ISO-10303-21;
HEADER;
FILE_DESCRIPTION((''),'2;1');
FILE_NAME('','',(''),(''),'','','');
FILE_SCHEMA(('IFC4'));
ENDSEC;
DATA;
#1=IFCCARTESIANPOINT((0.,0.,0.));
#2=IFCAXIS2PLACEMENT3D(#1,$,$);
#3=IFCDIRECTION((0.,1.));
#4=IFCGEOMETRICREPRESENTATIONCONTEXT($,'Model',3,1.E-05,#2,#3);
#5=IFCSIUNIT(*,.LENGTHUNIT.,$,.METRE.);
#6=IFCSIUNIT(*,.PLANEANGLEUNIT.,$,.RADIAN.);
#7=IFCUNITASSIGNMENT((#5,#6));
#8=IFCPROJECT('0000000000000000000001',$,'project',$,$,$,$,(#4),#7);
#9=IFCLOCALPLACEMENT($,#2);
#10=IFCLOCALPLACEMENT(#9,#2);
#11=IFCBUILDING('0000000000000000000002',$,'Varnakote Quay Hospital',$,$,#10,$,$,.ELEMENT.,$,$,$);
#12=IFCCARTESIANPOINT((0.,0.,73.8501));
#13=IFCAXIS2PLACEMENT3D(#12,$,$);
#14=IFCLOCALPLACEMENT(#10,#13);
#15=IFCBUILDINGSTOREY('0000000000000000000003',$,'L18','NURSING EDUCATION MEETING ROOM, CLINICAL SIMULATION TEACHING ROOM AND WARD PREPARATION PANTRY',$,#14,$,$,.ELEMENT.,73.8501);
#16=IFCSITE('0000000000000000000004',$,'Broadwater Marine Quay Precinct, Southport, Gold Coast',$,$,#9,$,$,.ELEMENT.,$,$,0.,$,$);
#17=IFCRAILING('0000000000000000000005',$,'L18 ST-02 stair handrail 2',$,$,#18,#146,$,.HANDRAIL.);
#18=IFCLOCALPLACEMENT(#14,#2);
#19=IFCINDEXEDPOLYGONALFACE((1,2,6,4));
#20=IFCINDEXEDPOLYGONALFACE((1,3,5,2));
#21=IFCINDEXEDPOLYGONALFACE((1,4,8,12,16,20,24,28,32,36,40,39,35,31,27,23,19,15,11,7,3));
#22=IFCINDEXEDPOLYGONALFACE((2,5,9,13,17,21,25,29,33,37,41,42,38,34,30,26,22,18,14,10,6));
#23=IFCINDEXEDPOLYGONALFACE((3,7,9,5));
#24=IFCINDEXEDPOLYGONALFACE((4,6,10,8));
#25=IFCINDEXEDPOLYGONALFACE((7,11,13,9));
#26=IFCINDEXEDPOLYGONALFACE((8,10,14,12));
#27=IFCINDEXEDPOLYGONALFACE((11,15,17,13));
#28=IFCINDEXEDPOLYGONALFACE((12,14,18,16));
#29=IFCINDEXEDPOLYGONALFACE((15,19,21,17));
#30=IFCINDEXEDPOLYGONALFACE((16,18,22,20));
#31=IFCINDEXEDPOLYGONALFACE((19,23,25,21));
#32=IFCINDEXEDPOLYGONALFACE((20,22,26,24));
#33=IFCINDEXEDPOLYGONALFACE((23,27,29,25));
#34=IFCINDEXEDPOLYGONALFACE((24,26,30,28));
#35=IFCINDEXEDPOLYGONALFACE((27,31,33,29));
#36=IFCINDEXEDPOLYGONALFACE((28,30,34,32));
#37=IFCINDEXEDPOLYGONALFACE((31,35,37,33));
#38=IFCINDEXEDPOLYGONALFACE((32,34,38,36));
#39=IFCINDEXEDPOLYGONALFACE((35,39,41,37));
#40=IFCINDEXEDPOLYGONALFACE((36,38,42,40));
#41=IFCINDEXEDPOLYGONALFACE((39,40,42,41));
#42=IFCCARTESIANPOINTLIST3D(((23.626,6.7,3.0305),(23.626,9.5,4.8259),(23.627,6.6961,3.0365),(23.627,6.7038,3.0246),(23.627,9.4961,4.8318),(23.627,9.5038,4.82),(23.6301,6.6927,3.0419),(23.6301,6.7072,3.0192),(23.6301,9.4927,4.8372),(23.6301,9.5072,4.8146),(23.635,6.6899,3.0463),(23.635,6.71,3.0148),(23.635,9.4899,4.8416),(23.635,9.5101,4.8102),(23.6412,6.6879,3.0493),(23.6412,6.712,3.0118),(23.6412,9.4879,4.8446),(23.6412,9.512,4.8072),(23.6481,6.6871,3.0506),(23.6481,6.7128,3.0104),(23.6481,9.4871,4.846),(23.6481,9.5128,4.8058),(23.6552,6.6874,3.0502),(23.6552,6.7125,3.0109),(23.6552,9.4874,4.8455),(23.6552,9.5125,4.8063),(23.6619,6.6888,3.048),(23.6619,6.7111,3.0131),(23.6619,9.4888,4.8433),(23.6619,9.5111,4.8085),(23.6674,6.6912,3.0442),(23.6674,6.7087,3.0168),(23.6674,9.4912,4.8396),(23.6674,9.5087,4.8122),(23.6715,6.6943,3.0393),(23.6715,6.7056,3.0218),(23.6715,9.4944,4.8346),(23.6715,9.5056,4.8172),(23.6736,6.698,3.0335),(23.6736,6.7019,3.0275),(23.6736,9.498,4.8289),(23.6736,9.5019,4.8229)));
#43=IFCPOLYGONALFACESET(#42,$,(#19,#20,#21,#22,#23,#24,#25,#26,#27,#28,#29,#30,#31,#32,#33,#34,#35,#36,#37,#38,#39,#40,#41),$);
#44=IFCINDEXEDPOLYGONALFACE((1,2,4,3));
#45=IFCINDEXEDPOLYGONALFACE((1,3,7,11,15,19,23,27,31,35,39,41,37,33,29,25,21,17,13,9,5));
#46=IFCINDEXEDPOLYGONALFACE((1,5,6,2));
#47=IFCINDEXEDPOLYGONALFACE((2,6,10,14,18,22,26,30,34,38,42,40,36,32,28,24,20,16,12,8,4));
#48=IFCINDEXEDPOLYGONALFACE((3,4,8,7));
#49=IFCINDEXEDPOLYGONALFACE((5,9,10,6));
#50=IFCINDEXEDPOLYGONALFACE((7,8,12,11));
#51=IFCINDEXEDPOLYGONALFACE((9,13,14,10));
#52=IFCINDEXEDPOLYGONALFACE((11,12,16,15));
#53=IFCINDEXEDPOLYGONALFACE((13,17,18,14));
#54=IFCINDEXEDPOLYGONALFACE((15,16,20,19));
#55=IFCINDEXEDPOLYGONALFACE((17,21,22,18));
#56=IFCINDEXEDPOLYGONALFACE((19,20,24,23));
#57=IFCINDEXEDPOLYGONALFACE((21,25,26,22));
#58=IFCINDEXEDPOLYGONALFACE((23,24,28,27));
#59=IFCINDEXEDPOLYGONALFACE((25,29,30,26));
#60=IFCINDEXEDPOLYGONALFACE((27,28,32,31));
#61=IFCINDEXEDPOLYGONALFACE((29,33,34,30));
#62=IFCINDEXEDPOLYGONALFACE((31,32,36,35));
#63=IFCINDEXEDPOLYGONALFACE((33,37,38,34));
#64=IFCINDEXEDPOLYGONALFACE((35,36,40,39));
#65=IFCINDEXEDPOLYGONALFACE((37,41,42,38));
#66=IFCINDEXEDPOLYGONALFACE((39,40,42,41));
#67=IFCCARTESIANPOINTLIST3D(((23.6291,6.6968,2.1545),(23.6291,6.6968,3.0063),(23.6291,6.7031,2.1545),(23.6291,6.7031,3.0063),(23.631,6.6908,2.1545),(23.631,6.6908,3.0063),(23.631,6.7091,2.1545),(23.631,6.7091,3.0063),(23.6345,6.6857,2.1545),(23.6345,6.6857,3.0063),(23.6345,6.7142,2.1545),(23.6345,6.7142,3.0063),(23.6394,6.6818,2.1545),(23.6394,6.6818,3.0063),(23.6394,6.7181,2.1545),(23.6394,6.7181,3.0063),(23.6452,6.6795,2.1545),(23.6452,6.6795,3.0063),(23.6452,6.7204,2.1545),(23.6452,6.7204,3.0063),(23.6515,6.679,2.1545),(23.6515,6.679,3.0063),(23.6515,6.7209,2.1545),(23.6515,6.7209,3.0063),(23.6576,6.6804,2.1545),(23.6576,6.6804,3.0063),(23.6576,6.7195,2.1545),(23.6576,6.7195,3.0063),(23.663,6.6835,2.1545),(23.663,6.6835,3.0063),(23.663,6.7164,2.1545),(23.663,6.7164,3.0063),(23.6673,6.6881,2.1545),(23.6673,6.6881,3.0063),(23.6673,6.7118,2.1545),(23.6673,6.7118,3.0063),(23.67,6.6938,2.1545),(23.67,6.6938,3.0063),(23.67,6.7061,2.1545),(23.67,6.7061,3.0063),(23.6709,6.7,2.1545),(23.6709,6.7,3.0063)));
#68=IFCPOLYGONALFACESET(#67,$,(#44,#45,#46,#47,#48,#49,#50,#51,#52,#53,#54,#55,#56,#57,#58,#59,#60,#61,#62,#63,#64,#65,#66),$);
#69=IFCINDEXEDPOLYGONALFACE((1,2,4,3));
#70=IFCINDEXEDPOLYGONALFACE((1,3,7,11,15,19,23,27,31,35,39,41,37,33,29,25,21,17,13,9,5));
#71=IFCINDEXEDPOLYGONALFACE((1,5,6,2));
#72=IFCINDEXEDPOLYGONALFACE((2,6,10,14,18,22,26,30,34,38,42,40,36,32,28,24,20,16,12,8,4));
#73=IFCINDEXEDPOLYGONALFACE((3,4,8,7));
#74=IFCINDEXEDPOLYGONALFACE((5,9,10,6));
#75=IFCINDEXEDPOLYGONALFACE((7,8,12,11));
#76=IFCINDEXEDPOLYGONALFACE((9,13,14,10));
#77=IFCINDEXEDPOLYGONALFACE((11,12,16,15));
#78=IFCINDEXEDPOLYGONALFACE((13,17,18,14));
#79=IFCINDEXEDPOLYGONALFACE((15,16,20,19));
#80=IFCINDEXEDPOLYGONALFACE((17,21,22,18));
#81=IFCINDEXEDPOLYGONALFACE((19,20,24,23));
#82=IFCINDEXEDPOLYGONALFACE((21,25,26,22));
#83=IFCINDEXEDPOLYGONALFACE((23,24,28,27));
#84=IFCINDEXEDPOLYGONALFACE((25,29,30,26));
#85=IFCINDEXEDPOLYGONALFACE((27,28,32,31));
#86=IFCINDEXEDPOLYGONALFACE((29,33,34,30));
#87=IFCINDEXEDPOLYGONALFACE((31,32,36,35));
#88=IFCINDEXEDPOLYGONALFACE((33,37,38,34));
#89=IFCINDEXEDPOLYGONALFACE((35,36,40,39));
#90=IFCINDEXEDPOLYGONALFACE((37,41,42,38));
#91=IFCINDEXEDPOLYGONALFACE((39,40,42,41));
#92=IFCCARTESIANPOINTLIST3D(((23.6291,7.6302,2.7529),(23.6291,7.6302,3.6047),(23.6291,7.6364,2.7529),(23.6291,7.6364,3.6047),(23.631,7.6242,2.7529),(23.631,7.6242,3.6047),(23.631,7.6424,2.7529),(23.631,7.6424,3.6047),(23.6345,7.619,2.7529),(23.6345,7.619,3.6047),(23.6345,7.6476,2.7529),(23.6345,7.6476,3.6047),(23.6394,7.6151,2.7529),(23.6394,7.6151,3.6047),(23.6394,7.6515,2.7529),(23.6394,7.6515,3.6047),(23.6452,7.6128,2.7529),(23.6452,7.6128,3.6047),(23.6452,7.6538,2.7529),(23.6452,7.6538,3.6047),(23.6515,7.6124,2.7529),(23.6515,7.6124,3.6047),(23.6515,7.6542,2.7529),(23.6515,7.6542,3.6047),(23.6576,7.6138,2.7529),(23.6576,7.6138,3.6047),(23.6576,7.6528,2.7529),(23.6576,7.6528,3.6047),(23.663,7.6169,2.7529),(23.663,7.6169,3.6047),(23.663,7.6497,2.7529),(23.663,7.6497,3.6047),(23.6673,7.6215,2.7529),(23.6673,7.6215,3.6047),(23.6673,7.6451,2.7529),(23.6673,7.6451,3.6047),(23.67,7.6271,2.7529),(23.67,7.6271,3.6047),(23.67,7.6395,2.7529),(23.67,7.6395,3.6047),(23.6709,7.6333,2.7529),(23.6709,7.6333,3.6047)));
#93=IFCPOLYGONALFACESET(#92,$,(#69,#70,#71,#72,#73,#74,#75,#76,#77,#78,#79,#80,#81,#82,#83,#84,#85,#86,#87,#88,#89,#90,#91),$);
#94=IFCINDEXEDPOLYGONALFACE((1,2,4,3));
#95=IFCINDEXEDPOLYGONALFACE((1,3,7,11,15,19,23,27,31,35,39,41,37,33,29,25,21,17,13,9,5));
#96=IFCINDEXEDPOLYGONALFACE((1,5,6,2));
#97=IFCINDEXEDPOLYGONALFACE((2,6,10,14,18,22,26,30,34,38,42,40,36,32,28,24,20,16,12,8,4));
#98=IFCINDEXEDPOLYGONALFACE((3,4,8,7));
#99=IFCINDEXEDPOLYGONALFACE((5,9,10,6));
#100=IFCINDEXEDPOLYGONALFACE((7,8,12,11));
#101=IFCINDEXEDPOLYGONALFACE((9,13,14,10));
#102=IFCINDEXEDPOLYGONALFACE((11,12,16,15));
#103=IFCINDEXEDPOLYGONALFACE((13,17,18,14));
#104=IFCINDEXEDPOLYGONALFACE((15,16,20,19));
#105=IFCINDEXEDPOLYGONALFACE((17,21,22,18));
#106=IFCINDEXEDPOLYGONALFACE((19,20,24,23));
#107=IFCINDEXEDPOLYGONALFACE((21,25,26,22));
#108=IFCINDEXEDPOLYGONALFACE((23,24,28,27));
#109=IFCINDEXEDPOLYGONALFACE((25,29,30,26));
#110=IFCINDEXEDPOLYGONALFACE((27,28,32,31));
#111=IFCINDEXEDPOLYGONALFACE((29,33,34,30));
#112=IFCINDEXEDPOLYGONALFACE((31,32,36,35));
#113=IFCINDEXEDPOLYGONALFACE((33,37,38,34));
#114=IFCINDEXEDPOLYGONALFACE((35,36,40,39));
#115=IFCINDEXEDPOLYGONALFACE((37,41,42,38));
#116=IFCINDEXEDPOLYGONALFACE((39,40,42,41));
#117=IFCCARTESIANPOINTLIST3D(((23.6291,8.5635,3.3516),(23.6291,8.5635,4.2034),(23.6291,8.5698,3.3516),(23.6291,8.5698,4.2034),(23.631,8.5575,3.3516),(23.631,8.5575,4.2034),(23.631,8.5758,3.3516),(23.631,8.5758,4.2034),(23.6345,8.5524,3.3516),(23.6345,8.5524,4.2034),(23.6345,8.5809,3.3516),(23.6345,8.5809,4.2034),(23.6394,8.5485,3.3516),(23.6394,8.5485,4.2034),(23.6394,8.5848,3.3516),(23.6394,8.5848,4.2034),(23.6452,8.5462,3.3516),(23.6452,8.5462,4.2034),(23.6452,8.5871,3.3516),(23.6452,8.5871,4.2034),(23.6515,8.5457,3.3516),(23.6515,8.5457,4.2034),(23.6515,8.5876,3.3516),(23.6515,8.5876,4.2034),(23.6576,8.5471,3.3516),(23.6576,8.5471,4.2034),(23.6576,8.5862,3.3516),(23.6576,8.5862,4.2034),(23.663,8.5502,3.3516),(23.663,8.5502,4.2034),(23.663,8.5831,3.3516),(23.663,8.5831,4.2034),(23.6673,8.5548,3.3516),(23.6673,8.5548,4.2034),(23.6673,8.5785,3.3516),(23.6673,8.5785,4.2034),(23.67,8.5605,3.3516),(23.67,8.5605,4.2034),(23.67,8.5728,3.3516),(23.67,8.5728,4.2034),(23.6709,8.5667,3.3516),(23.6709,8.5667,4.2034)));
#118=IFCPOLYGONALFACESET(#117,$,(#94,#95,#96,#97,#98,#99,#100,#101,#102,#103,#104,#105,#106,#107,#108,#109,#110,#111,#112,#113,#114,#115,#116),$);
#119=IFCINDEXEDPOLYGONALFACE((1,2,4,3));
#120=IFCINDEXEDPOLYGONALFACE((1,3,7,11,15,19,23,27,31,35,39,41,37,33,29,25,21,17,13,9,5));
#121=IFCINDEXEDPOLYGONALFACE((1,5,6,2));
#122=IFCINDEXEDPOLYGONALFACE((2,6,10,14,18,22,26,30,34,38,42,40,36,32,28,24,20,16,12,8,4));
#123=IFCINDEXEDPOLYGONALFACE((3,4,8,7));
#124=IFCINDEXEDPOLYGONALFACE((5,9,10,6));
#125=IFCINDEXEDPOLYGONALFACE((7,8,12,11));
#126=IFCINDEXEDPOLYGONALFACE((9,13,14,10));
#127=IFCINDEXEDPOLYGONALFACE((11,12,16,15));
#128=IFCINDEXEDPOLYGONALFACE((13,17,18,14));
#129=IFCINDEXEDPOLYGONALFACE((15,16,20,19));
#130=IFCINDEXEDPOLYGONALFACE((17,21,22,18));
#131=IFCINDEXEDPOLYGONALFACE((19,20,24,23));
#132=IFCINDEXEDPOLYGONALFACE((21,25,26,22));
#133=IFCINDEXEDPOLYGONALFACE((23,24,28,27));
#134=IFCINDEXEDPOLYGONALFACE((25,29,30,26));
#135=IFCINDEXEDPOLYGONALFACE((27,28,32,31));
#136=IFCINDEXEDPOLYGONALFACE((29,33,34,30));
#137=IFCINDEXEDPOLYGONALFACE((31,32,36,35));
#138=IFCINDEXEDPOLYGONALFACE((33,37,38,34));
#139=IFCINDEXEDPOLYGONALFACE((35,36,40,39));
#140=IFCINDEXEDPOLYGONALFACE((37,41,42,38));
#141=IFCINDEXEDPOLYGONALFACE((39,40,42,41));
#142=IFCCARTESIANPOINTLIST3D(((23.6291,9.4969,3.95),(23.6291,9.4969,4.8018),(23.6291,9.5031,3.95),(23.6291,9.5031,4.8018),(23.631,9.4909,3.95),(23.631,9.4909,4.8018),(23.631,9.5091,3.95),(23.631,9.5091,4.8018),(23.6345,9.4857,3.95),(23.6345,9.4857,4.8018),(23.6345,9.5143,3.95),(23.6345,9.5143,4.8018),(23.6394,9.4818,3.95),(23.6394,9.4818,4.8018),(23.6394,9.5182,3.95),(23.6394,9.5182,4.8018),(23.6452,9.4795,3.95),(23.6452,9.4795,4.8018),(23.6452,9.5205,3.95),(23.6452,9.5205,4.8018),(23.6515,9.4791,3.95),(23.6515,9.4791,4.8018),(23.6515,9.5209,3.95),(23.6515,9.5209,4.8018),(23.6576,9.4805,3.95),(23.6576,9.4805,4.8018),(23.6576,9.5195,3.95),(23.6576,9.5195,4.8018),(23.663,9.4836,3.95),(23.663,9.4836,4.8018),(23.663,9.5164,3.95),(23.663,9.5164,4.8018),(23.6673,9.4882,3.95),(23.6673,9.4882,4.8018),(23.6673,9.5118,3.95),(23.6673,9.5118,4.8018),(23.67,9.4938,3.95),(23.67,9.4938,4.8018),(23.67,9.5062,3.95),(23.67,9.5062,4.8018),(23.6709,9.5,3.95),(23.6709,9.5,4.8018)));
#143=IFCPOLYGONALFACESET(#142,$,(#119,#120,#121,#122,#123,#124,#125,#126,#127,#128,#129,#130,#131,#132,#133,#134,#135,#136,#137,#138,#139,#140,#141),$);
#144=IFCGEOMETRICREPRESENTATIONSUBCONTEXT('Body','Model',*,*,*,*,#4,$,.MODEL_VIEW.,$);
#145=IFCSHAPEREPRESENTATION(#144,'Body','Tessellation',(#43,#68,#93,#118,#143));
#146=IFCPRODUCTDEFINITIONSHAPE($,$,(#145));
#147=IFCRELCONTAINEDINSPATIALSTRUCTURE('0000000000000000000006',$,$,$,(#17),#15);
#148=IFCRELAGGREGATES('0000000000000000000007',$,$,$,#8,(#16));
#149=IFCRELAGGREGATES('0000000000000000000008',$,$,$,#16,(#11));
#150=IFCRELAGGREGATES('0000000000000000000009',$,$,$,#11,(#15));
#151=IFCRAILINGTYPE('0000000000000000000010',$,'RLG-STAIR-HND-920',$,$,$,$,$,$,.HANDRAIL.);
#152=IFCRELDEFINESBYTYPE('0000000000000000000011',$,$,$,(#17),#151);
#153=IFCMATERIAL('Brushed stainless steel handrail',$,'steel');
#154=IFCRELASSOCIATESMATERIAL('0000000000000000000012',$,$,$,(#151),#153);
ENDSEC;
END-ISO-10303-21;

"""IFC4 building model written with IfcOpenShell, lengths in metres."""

from ifc_helpers import new_model, si_unit, direction, frame, origin, origin_2d, place, context, subcontext, project, spatial, circle, extrude, material, type_object, element, save


model = new_model("IFC4")

# Units and contexts
model_context = context("Model", 3, precision=1e-05, world=origin(), true_north=direction((0.0, 1.0)))
body_context = subcontext(model_context, "Body", "Model", "MODEL_VIEW")
ifc_project = project(units=[si_unit("LENGTHUNIT", "METRE"), si_unit("PLANEANGLEUNIT", "RADIAN")], contexts=[model_context])

# Site, building, storey
site_placement = place(None, origin())
site = spatial("IfcSite", under=ifc_project, at=site_placement, Name="Broadwater Marine Quay Precinct, Southport, Gold Coast", CompositionType="ELEMENT", RefElevation=0.0)
building_placement = place(site_placement, origin())
building = spatial("IfcBuilding", under=site, at=building_placement, Name="Varnakote Quay Hospital", CompositionType="ELEMENT")
storey_placement = place(building_placement, frame((0.0, 0.0, 73.8501)))
storey = spatial("IfcBuildingStorey", under=building, at=storey_placement, Name="L18", Description="NURSING EDUCATION MEETING ROOM, CLINICAL SIMULATION TEACHING ROOM AND WARD PREPARATION PANTRY", CompositionType="ELEMENT", Elevation=73.8501)

# Railing
ifc_material_1 = material(Name="Brushed stainless steel handrail", Category="steel")
railing_type_1 = type_object("IfcRailingType", Name="RLG-STAIR-HND-920", PredefinedType="HANDRAIL", material=ifc_material_1)
railing_1_placement = place(storey_placement, frame((23.6499, 6.7, 2.1545)))
element("IfcRailing", 1, at=railing_1_placement, inside=storey, type_object=railing_type_1, Name="L18 ST-02 stair handrail 2", PredefinedType="HANDRAIL", context=body_context, shape_type="SweptSolid", body=[
    extrude(circle(Radius=0.0239, at=origin_2d()), frame((0.0, 0.0, 0.876), z_axis=(0.0, 0.84181, 0.539774), x_axis=(-1.0, 0.0, 0.0)), (0.0, 0.0, 1.0), 3.3262),
    extrude(circle(Radius=0.021, at=origin_2d()), origin(), (0.0, 0.0, 1.0), 0.8518),
    extrude(circle(Radius=0.021, at=origin_2d()), frame((0.0, 0.9333, 0.5984)), (0.0, 0.0, 1.0), 0.8518),
    extrude(circle(Radius=0.021, at=origin_2d()), frame((0.0, 1.8667, 1.197)), (0.0, 0.0, 1.0), 0.8518),
    extrude(circle(Radius=0.021, at=origin_2d()), frame((0.0, 2.8, 1.7954)), (0.0, 0.0, 1.0), 0.8518),
])

save(model, "model.ifc")
